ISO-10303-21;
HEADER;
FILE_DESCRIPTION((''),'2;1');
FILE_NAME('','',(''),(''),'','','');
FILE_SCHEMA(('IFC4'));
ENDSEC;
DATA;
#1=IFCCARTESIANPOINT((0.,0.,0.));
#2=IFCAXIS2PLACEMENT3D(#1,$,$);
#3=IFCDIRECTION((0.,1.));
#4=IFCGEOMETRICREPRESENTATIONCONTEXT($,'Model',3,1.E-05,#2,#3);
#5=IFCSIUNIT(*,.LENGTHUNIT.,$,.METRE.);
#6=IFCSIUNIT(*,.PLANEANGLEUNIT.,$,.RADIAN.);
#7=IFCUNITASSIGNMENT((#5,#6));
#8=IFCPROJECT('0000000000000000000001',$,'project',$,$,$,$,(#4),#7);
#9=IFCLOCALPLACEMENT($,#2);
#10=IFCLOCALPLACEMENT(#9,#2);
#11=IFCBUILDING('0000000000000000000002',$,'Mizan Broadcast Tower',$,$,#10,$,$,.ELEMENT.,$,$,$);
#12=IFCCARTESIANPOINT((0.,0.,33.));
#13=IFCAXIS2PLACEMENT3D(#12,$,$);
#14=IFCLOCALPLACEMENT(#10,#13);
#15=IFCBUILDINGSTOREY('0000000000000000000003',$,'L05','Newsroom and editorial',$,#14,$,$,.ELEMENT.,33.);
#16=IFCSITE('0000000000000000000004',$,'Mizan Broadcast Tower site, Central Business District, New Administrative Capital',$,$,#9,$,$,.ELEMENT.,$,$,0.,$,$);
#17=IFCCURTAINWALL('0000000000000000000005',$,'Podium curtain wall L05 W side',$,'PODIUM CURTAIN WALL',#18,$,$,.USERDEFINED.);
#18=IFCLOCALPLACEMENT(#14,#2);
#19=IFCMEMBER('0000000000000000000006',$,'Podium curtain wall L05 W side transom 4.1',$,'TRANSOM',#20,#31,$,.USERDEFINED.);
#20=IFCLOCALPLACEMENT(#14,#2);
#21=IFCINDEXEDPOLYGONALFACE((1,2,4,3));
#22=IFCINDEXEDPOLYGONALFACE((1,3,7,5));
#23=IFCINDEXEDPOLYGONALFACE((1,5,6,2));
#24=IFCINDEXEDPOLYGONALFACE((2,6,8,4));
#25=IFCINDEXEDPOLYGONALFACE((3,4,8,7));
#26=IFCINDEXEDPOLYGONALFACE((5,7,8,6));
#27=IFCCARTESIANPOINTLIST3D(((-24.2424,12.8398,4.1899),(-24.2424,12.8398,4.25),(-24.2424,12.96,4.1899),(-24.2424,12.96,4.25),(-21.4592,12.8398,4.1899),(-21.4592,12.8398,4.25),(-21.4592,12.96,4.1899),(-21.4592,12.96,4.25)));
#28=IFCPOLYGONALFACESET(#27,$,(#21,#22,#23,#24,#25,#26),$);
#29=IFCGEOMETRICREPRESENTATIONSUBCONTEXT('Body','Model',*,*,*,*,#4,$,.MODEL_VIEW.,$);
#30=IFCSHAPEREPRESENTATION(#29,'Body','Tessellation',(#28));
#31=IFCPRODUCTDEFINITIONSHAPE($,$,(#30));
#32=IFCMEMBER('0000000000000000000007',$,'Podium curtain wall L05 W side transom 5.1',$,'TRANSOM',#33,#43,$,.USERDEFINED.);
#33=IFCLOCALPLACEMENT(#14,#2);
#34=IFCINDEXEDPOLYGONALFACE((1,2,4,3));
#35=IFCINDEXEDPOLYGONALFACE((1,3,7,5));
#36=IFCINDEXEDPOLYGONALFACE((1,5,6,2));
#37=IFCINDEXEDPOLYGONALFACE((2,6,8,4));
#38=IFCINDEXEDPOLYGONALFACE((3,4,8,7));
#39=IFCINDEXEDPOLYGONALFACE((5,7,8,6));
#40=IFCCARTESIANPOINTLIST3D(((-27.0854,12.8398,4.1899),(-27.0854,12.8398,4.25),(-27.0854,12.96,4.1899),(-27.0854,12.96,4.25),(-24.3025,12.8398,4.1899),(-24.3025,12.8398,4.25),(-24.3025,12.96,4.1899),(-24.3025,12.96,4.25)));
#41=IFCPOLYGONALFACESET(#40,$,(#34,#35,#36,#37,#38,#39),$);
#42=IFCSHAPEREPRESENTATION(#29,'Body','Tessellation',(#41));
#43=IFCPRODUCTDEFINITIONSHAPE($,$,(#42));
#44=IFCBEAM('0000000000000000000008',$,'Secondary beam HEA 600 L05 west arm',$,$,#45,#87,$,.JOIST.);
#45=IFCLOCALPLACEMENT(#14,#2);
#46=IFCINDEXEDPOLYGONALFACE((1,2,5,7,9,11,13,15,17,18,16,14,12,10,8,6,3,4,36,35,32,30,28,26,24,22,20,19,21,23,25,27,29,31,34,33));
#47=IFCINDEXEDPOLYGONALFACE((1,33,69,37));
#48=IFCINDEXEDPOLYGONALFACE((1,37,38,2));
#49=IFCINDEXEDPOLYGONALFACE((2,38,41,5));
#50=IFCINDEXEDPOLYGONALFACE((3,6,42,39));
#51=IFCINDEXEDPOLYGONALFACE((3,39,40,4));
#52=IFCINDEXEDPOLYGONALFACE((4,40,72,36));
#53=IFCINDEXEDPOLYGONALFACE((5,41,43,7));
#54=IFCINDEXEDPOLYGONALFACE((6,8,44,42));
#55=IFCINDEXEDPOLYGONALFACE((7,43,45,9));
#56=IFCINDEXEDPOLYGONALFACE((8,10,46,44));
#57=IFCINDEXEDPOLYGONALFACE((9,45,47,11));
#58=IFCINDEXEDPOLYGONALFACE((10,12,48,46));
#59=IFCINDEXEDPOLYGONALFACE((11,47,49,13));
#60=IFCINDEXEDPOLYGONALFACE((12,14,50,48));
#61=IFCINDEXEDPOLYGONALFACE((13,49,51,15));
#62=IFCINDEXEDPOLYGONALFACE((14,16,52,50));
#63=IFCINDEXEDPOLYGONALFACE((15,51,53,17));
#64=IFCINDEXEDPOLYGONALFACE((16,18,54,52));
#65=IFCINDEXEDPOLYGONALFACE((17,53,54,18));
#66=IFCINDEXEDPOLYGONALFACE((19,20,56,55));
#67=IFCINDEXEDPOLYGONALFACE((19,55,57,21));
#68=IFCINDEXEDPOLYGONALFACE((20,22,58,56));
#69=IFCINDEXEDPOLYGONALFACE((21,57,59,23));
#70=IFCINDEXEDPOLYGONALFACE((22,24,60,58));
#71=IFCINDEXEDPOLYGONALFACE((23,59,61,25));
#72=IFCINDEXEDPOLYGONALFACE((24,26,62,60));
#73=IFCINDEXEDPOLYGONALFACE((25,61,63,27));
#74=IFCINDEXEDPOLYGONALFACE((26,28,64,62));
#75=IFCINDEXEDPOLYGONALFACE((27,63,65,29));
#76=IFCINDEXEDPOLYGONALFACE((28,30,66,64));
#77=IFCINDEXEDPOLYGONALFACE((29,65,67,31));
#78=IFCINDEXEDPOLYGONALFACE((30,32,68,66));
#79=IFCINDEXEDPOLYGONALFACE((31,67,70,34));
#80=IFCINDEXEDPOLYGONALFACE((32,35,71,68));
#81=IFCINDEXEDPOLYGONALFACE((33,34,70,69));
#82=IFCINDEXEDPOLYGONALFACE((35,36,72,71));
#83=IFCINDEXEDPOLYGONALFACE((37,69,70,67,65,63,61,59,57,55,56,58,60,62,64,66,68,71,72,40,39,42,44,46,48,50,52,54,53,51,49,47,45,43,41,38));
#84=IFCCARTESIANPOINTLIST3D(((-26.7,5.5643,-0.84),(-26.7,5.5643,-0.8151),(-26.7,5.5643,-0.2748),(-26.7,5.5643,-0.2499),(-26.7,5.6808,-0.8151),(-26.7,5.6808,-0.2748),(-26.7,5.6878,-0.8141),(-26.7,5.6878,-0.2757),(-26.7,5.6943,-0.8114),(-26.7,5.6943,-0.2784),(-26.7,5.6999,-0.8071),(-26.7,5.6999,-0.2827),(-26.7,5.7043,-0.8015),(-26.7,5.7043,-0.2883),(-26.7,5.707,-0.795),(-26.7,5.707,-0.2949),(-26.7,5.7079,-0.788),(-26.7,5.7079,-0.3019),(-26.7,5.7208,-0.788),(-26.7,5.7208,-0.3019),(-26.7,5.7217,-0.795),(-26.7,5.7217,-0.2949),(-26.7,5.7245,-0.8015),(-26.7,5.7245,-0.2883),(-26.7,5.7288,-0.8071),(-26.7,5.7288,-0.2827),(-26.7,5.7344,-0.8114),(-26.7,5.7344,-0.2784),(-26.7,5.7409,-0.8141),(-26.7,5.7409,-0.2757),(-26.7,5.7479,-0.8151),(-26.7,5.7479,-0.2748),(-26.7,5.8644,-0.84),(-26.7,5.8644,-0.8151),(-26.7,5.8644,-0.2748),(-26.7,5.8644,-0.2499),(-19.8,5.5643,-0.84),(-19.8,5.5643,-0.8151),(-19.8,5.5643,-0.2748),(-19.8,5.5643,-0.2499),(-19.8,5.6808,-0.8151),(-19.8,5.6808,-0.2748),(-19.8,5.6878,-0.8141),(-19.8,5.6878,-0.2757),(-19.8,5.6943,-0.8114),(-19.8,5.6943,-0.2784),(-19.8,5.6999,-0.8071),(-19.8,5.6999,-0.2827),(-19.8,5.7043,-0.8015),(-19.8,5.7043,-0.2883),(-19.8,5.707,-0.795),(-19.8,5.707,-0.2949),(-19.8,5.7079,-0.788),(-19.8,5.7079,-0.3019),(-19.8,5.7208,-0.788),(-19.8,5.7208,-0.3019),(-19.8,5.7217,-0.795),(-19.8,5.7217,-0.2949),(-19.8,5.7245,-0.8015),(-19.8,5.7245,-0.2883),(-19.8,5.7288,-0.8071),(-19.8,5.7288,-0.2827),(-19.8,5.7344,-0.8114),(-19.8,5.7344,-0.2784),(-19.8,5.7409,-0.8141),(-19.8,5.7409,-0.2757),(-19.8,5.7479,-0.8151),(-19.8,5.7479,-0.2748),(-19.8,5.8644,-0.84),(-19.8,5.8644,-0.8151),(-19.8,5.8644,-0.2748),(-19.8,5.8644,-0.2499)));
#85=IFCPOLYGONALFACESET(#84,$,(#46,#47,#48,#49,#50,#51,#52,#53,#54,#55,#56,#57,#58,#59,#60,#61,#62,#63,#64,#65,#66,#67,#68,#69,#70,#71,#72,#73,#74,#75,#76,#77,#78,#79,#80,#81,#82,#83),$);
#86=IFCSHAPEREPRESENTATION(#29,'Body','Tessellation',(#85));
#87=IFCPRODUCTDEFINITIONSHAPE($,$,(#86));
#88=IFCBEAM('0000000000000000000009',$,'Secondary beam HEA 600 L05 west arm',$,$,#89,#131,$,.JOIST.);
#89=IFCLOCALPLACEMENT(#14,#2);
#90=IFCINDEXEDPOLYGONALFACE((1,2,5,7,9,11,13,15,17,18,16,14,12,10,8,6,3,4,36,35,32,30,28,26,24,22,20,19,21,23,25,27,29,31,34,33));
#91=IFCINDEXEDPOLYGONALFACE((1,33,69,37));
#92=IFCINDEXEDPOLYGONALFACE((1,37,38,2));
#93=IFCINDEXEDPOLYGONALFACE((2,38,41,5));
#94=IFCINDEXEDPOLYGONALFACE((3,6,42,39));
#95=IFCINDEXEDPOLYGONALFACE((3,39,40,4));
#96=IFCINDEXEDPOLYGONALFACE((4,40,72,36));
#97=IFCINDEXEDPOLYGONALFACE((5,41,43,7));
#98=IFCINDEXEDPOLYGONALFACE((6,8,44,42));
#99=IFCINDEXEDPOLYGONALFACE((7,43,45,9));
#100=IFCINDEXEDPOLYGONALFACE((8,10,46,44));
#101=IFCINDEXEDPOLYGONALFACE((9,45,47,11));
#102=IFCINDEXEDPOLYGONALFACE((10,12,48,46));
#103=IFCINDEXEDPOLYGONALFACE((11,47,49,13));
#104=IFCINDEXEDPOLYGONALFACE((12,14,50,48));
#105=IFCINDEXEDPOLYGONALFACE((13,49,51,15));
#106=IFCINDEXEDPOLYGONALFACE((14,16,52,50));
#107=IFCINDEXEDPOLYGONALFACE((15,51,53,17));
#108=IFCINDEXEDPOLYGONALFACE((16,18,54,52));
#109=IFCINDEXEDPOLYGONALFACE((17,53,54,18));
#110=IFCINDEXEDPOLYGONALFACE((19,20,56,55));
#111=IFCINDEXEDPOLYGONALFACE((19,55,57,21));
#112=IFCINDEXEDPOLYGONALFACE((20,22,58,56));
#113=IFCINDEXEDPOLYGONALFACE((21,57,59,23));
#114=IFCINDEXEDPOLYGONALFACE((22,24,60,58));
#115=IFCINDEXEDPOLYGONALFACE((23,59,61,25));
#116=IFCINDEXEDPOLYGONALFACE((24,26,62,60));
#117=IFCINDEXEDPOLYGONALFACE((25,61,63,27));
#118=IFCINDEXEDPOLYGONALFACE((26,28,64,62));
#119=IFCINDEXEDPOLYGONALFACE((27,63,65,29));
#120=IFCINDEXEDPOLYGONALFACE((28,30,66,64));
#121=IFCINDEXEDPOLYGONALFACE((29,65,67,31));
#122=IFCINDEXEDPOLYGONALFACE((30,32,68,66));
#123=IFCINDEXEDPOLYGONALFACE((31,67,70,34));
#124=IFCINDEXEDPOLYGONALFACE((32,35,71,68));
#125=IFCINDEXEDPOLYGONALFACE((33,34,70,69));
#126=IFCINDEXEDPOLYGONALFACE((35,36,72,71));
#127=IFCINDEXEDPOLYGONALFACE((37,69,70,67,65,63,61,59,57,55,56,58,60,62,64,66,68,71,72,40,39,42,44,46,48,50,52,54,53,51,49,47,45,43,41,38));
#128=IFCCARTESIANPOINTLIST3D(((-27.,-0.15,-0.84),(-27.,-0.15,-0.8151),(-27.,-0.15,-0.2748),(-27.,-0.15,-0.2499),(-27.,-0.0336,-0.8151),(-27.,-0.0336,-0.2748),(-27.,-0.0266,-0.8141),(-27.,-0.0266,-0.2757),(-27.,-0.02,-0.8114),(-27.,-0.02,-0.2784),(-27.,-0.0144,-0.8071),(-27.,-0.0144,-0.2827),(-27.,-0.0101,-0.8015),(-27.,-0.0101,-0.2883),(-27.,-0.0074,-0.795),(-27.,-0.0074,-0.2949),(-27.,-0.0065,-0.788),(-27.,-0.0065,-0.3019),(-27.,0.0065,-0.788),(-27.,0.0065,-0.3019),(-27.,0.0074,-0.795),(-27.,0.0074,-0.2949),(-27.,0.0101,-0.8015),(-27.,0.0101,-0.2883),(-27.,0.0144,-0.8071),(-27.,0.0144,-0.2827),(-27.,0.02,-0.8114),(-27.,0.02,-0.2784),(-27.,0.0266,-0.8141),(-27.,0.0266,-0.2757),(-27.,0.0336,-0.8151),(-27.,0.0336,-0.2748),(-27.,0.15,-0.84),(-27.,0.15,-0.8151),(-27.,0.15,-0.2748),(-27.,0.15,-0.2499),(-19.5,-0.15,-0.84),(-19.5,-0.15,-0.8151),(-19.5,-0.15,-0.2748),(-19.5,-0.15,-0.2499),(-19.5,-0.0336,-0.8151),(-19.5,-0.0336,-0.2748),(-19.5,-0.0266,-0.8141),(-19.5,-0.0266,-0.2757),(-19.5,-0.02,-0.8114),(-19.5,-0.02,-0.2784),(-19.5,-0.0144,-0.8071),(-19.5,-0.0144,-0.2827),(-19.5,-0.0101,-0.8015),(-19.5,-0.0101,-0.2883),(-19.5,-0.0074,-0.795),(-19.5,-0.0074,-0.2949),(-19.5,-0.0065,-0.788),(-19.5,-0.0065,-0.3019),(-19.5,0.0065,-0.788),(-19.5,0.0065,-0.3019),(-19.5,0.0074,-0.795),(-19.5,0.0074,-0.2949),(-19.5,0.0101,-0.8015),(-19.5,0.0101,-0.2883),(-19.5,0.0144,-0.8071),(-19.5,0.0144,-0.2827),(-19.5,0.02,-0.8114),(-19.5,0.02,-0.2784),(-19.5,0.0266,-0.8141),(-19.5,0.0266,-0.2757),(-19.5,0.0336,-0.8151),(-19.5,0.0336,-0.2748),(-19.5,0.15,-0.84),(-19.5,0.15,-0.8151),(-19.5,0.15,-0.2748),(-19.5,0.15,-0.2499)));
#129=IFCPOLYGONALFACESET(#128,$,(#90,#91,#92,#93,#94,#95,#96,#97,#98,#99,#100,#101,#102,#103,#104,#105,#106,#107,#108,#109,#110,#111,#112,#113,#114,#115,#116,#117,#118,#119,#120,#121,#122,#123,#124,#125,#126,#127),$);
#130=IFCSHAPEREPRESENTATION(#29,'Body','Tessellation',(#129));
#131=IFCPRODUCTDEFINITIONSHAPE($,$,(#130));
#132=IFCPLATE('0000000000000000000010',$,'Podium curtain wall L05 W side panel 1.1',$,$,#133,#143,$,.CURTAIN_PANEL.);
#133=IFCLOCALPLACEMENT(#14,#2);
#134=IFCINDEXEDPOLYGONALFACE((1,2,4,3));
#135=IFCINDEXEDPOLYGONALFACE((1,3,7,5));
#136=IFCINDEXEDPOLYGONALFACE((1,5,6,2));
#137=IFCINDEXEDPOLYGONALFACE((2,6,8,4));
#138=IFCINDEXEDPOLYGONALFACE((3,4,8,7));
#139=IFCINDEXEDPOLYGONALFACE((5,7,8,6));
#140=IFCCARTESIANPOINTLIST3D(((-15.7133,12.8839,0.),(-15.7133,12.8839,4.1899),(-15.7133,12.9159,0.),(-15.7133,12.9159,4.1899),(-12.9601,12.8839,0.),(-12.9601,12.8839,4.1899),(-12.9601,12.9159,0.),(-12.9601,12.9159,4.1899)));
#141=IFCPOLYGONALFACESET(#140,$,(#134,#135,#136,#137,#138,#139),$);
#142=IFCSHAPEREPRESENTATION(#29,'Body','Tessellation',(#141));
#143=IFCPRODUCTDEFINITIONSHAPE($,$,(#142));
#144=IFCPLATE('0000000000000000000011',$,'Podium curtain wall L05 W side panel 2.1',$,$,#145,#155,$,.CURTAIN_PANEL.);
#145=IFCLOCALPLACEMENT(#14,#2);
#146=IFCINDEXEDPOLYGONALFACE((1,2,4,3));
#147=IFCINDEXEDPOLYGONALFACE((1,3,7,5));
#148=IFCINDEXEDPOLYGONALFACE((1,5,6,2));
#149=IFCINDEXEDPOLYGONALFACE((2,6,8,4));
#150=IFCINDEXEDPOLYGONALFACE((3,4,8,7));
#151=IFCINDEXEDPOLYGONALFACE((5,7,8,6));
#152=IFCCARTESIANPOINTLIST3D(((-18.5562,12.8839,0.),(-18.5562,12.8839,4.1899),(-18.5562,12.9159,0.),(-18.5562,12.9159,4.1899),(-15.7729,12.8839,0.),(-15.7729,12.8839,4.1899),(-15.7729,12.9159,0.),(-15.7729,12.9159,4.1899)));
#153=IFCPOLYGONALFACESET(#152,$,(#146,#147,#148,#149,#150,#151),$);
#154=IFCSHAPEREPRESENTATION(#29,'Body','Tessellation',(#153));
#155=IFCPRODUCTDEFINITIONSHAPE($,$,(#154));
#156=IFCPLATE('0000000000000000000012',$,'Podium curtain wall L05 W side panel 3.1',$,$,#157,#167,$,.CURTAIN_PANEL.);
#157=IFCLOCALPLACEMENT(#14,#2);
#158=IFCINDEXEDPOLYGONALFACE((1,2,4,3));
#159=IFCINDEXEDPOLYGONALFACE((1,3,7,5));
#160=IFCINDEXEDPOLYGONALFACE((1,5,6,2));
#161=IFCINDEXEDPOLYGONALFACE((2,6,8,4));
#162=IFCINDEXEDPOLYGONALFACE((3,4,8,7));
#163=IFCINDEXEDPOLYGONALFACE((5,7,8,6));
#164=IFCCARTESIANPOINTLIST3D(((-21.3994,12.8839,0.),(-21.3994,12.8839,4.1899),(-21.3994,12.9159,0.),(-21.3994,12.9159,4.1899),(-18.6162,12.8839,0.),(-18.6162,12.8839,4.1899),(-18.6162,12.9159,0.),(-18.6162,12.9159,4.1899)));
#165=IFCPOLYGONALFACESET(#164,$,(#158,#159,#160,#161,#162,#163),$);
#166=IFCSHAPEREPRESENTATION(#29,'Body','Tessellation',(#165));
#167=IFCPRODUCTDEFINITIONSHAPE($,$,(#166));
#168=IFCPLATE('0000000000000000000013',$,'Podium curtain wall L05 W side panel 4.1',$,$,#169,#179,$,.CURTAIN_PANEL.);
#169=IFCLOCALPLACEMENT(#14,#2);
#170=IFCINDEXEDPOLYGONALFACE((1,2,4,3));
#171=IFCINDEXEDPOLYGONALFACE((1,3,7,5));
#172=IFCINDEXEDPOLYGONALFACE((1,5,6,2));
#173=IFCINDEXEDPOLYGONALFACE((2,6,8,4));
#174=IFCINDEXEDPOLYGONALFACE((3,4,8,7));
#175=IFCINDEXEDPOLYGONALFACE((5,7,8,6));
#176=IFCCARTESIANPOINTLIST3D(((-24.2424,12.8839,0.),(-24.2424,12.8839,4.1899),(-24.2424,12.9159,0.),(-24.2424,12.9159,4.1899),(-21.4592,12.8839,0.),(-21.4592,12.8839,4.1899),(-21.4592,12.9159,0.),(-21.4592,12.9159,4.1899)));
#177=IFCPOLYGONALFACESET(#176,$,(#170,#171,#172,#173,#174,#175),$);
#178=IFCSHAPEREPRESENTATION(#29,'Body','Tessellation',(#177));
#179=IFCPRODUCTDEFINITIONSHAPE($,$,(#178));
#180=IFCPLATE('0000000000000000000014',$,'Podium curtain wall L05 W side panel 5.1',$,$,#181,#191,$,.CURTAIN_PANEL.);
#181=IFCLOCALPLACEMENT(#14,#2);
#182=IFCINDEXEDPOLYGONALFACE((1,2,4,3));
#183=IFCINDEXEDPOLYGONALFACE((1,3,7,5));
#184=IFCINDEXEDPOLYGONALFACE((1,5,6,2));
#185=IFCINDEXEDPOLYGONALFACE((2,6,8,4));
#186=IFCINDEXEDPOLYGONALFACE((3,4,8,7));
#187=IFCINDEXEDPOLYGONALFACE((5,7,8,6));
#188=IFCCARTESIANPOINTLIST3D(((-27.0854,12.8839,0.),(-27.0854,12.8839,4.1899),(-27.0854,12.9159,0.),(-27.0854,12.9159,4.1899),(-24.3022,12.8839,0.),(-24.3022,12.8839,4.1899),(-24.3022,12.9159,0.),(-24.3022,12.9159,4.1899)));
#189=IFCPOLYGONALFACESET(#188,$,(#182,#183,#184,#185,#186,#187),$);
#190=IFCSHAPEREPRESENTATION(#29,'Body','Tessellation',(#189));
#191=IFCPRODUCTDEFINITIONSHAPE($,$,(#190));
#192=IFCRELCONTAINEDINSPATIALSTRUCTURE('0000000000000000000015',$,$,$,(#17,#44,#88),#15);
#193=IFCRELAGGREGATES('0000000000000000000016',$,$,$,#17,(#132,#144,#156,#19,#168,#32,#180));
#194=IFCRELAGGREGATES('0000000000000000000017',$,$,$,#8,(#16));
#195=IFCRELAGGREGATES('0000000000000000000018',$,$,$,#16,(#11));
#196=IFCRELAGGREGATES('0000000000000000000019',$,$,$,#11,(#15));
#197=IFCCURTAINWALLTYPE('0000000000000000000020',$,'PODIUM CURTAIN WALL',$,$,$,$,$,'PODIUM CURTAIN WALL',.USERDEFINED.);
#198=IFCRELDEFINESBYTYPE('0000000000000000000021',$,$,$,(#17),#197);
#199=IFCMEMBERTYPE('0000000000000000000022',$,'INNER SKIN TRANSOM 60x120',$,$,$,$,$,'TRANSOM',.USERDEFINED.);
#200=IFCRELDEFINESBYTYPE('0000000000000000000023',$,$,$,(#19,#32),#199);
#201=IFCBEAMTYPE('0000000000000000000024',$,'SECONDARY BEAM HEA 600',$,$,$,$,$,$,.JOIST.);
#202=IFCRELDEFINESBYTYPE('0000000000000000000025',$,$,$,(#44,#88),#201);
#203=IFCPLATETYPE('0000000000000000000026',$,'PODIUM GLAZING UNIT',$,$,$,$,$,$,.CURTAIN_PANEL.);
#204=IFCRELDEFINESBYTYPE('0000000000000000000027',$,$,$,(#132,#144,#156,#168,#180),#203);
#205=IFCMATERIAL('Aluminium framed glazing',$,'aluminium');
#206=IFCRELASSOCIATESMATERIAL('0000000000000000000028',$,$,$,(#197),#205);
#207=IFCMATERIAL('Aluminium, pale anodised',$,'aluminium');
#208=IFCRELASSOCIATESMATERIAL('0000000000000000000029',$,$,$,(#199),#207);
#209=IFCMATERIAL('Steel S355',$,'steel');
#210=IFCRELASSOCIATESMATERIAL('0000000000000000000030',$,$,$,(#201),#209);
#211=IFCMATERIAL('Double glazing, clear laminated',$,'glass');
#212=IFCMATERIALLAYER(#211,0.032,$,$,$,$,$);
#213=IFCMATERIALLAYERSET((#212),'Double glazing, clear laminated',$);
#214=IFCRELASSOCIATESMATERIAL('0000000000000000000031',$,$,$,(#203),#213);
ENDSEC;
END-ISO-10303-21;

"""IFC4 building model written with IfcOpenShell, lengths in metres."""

from ifc_helpers import new_model, si_unit, direction, frame, origin, origin_2d, place, context, subcontext, project, spatial, rectangle, i_section, extrude, material, layer, layer_set, material_profile, profile_set, type_object, element, aggregate, save


model = new_model("IFC4")

# Units and contexts
model_context = context("Model", 3, precision=1e-05, world=origin(), true_north=direction((0.0, 1.0)))
body_context = subcontext(model_context, "Body", "Model", "MODEL_VIEW")
ifc_project = project(units=[si_unit("LENGTHUNIT", "METRE"), si_unit("PLANEANGLEUNIT", "RADIAN")], contexts=[model_context])

# Site, building, storey
site_placement = place(None, origin())
site = spatial("IfcSite", under=ifc_project, at=site_placement, Name="Mizan Broadcast Tower site, Central Business District, New Administrative Capital", CompositionType="ELEMENT", RefElevation=0.0)
building_placement = place(site_placement, origin())
building = spatial("IfcBuilding", under=site, at=building_placement, Name="Mizan Broadcast Tower", CompositionType="ELEMENT")
storey_placement = place(building_placement, frame((0.0, 0.0, 33.0)))
storey = spatial("IfcBuildingStorey", under=building, at=storey_placement, Name="L05", Description="Newsroom and editorial", CompositionType="ELEMENT", Elevation=33.0)

# Curtain wall, members
ifc_material_1 = material(Name="Aluminium framed glazing", Category="aluminium")
curtain_wall_type = type_object("IfcCurtainWallType", Name="PODIUM CURTAIN WALL", ElementType="PODIUM CURTAIN WALL", PredefinedType="USERDEFINED", material=ifc_material_1)
curtain_wall_placement = place(storey_placement, origin())
curtain_wall = element("IfcCurtainWall", 1, at=curtain_wall_placement, inside=storey, type_object=curtain_wall_type, Name="Podium curtain wall L05 W side", ObjectType="PODIUM CURTAIN WALL", PredefinedType="USERDEFINED")
ifc_material_2 = material(Name="Aluminium, pale anodised", Category="aluminium")
ifc_material_profile_1 = material_profile(ifc_material_2, rectangle(XDim=0.1201, YDim=0.0601, at=origin_2d()), Name="TRANSOM 120x60")
ifc_profile_set_1 = profile_set([ifc_material_profile_1], Name="Aluminium, pale anodised")
member_type_1 = type_object("IfcMemberType", Name="INNER SKIN TRANSOM 60x120", ElementType="TRANSOM", PredefinedType="USERDEFINED", material=ifc_profile_set_1)
member_1_placement = place(storey_placement, frame((-21.4592, 12.8999, 4.22), z_axis=(-1.0, 0.0, 0.0), x_axis=(0.0, -1.0, 0.0)))
member_1 = element("IfcMember", 2, at=member_1_placement, type_object=member_type_1, Name="Podium curtain wall L05 W side transom 4.1", ObjectType="TRANSOM", PredefinedType="USERDEFINED", context=body_context, shape_type="SweptSolid", body=[
    extrude(rectangle(XDim=0.1201, YDim=0.0601, at=origin_2d()), origin(), (0.0, 0.0, 1.0), 2.7832),
])
member_2_placement = place(storey_placement, frame((-24.3025, 12.8999, 4.22), z_axis=(-1.0, 0.0, 0.0), x_axis=(0.0, -1.0, 0.0)))
member_2 = element("IfcMember", 3, at=member_2_placement, type_object=member_type_1, Name="Podium curtain wall L05 W side transom 5.1", ObjectType="TRANSOM", PredefinedType="USERDEFINED", context=body_context, shape_type="SweptSolid", body=[
    extrude(rectangle(XDim=0.1201, YDim=0.0601, at=origin_2d()), origin(), (0.0, 0.0, 1.0), 2.783),
])

# Beams
ifc_material_3 = material(Name="Steel S355", Category="steel")
ifc_material_profile_2 = material_profile(ifc_material_3, i_section(OverallWidth=0.3, OverallDepth=0.5901, WebThickness=0.0129, FlangeThickness=0.0249, FilletRadius=0.0271, at=origin_2d()), Name="HEA 600")
ifc_profile_set_2 = profile_set([ifc_material_profile_2], Name="Steel S355")
beam_type_1 = type_object("IfcBeamType", Name="SECONDARY BEAM HEA 600", PredefinedType="JOIST", material=ifc_profile_set_2)
beam_1_placement = place(storey_placement, frame((-19.8, 5.7144, -0.5449), z_axis=(-1.0, 0.0, 0.0), x_axis=(0.0, -1.0, 0.0)))
element("IfcBeam", 4, at=beam_1_placement, inside=storey, type_object=beam_type_1, Name="Secondary beam HEA 600 L05 west arm", PredefinedType="JOIST", context=body_context, shape_type="SweptSolid", body=[
    extrude(i_section(OverallWidth=0.3, OverallDepth=0.5901, WebThickness=0.0129, FlangeThickness=0.0249, FilletRadius=0.0271, at=origin_2d()), origin(), (0.0, 0.0, 1.0), 6.8999),
])
beam_2_placement = place(storey_placement, frame((-19.5, 0.0, -0.5449), z_axis=(-1.0, 0.0, 0.0), x_axis=(0.0, -1.0, 0.0)))
element("IfcBeam", 5, at=beam_2_placement, inside=storey, type_object=beam_type_1, Name="Secondary beam HEA 600 L05 west arm", PredefinedType="JOIST", context=body_context, shape_type="SweptSolid", body=[
    extrude(i_section(OverallWidth=0.3, OverallDepth=0.5901, WebThickness=0.0129, FlangeThickness=0.0249, FilletRadius=0.0271, at=origin_2d()), origin(), (0.0, 0.0, 1.0), 7.5),
])

# Plates
ifc_material_4 = material(Name="Double glazing, clear laminated", Category="glass")
ifc_layer = layer(ifc_material_4, 0.032)
ifc_layer_set = layer_set([ifc_layer], Name="Double glazing, clear laminated")
plate_type = type_object("IfcPlateType", Name="PODIUM GLAZING UNIT", PredefinedType="CURTAIN_PANEL", material=ifc_layer_set)
plate_1_placement = place(storey_placement, frame((-14.3367, 12.8999, 0.0), z_axis=(0.0, 0.0, 1.0), x_axis=(-1.0, 0.0, 0.0)))
plate_1 = element("IfcPlate", 6, at=plate_1_placement, type_object=plate_type, Name="Podium curtain wall L05 W side panel 1.1", PredefinedType="CURTAIN_PANEL", context=body_context, shape_type="SweptSolid", body=[
    extrude(rectangle(XDim=2.7532, YDim=0.032, at=origin_2d()), origin(), (0.0, 0.0, 1.0), 4.1899),
])
plate_2_placement = place(storey_placement, frame((-17.1646, 12.8999, 0.0), z_axis=(0.0, 0.0, 1.0), x_axis=(-1.0, 0.0, 0.0)))
plate_2 = element("IfcPlate", 7, at=plate_2_placement, type_object=plate_type, Name="Podium curtain wall L05 W side panel 2.1", PredefinedType="CURTAIN_PANEL", context=body_context, shape_type="SweptSolid", body=[
    extrude(rectangle(XDim=2.7832, YDim=0.032, at=origin_2d()), origin(), (0.0, 0.0, 1.0), 4.1899),
])
plate_3_placement = place(storey_placement, frame((-20.0078, 12.8999, 0.0), z_axis=(0.0, 0.0, 1.0), x_axis=(-1.0, 0.0, 0.0)))
plate_3 = element("IfcPlate", 8, at=plate_3_placement, type_object=plate_type, Name="Podium curtain wall L05 W side panel 3.1", PredefinedType="CURTAIN_PANEL", context=body_context, shape_type="SweptSolid", body=[
    extrude(rectangle(XDim=2.7832, YDim=0.032, at=origin_2d()), origin(), (0.0, 0.0, 1.0), 4.1899),
])
plate_4_placement = place(storey_placement, frame((-22.8508, 12.8999, 0.0), z_axis=(0.0, 0.0, 1.0), x_axis=(-1.0, 0.0, 0.0)))
plate_4 = element("IfcPlate", 9, at=plate_4_placement, type_object=plate_type, Name="Podium curtain wall L05 W side panel 4.1", PredefinedType="CURTAIN_PANEL", context=body_context, shape_type="SweptSolid", body=[
    extrude(rectangle(XDim=2.7832, YDim=0.032, at=origin_2d()), origin(), (0.0, 0.0, 1.0), 4.1899),
])
plate_5_placement = place(storey_placement, frame((-25.6938, 12.8999, 0.0), z_axis=(0.0, 0.0, 1.0), x_axis=(-1.0, 0.0, 0.0)))
plate_5 = element("IfcPlate", 10, at=plate_5_placement, type_object=plate_type, Name="Podium curtain wall L05 W side panel 5.1", PredefinedType="CURTAIN_PANEL", context=body_context, shape_type="SweptSolid", body=[
    extrude(rectangle(XDim=2.7832, YDim=0.032, at=origin_2d()), origin(), (0.0, 0.0, 1.0), 4.1899),
])
aggregate(curtain_wall, [plate_1, plate_2, plate_3, member_1, plate_4, member_2, plate_5])

save(model, "model.ifc")
